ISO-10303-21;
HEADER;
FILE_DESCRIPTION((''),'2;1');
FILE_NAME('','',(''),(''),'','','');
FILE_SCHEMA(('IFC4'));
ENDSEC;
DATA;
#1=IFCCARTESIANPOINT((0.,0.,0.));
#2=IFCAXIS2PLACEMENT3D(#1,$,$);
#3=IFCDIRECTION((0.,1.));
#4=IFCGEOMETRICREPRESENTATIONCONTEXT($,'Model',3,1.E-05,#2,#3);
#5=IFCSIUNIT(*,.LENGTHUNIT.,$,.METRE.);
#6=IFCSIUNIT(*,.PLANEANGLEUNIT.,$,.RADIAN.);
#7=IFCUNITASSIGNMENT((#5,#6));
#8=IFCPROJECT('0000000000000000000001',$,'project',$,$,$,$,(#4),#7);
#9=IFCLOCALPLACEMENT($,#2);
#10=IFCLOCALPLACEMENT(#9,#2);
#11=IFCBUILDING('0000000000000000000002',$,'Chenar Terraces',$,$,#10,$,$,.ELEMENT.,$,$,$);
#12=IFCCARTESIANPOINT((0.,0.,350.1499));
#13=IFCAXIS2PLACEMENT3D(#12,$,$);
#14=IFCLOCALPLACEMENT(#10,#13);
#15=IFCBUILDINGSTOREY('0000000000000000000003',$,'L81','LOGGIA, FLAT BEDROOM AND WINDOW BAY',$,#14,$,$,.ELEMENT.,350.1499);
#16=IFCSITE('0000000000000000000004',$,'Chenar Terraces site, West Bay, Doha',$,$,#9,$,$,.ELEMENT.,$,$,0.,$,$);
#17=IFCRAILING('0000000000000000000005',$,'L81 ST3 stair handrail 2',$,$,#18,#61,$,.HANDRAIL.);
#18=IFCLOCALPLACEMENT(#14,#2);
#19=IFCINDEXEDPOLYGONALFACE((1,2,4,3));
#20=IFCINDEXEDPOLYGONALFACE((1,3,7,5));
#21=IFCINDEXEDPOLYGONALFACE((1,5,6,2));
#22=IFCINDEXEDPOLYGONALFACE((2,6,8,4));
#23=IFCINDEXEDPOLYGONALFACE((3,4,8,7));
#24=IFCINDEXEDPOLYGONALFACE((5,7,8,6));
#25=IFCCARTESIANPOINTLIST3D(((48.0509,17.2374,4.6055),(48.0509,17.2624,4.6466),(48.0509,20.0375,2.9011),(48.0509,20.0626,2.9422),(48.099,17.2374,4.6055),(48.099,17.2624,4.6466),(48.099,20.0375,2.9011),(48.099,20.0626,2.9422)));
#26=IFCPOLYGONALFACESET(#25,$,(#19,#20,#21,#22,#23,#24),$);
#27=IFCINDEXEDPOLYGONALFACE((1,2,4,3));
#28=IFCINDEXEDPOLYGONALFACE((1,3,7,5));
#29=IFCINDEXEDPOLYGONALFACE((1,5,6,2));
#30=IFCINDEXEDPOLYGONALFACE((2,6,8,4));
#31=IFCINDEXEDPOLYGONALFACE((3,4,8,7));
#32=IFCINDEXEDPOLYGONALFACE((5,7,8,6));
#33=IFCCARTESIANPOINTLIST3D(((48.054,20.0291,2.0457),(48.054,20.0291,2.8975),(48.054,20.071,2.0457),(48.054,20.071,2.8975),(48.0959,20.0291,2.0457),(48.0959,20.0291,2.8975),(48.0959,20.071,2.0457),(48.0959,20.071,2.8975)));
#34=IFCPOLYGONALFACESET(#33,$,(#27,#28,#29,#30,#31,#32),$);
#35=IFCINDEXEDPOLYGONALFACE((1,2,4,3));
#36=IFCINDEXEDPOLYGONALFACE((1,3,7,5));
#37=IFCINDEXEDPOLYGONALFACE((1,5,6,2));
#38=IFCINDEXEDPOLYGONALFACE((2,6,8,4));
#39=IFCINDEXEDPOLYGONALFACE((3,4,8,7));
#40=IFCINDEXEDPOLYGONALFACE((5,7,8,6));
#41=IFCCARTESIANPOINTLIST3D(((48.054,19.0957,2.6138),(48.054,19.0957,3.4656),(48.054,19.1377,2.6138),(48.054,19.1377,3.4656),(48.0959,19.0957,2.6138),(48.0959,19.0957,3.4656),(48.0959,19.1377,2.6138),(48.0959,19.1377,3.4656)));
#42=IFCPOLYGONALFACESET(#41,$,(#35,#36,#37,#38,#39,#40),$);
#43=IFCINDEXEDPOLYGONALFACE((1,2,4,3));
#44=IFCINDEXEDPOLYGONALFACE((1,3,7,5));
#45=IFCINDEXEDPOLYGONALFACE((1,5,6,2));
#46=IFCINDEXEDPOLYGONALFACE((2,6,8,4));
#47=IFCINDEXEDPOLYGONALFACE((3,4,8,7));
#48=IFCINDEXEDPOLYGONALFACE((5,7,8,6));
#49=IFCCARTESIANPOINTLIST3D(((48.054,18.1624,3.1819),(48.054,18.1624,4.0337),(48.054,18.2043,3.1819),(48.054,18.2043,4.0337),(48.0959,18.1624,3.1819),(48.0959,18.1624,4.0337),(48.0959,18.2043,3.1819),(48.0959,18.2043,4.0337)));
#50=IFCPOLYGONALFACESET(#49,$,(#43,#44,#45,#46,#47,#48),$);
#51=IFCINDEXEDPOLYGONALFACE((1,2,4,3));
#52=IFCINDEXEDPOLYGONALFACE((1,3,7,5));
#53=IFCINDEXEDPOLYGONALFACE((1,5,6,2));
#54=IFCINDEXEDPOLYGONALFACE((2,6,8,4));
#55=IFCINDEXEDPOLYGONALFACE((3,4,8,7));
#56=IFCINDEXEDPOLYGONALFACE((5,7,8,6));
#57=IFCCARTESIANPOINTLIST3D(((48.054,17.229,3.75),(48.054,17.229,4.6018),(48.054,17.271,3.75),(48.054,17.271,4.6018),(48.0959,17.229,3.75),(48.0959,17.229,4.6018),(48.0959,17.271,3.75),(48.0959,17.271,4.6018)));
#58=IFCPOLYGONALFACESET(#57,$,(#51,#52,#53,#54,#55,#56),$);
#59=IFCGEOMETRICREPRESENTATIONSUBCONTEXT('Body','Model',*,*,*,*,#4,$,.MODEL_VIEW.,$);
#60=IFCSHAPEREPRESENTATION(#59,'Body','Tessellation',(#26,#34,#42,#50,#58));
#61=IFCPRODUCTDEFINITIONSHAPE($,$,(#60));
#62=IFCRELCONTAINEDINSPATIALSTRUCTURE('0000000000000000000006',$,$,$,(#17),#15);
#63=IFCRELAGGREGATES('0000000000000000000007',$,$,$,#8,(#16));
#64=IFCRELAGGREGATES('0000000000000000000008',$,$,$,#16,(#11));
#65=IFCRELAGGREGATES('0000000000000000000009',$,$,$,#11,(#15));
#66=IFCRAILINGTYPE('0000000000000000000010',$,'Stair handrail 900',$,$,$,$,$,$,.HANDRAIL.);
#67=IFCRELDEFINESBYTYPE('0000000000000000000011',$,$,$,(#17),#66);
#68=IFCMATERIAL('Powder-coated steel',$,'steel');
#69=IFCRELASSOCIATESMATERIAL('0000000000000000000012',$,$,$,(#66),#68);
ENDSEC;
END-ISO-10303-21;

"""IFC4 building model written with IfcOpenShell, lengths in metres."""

from ifc_helpers import new_model, si_unit, direction, frame, origin, origin_2d, place, context, subcontext, project, spatial, rectangle, extrude, material, type_object, element, save


model = new_model("IFC4")

# Units and contexts
model_context = context("Model", 3, precision=1e-05, world=origin(), true_north=direction((0.0, 1.0)))
body_context = subcontext(model_context, "Body", "Model", "MODEL_VIEW")
ifc_project = project(units=[si_unit("LENGTHUNIT", "METRE"), si_unit("PLANEANGLEUNIT", "RADIAN")], contexts=[model_context])

# Site, building, storey
site_placement = place(None, origin())
site = spatial("IfcSite", under=ifc_project, at=site_placement, Name="Chenar Terraces site, West Bay, Doha", CompositionType="ELEMENT", RefElevation=0.0)
building_placement = place(site_placement, origin())
building = spatial("IfcBuilding", under=site, at=building_placement, Name="Chenar Terraces", CompositionType="ELEMENT")
storey_placement = place(building_placement, frame((0.0, 0.0, 350.1499)))
storey = spatial("IfcBuildingStorey", under=building, at=storey_placement, Name="L81", Description="LOGGIA, FLAT BEDROOM AND WINDOW BAY", CompositionType="ELEMENT", Elevation=350.1499)

# Railing
ifc_material_1 = material(Name="Powder-coated steel", Category="steel")
railing_type_1 = type_object("IfcRailingType", Name="Stair handrail 900", PredefinedType="HANDRAIL", material=ifc_material_1)
railing_1_placement = place(storey_placement, frame((48.075, 20.05, 2.0457)))
element("IfcRailing", 1, at=railing_1_placement, inside=storey, type_object=railing_type_1, Name="L81 ST3 stair handrail 2", PredefinedType="HANDRAIL", context=body_context, shape_type="SweptSolid", body=[
    extrude(rectangle(XDim=0.0481, YDim=0.0481, at=origin_2d()), frame((0.0, 0.0, 0.876), z_axis=(0.0, -0.854203, 0.51994), x_axis=(1.0, 0.0, 0.0)), (0.0, 0.0, 1.0), 3.2781),
    extrude(rectangle(XDim=0.042, YDim=0.042, at=origin_2d()), origin(), (0.0, 0.0, 1.0), 0.8518),
    extrude(rectangle(XDim=0.042, YDim=0.042, at=origin_2d()), frame((0.0, -0.9333, 0.5681)), (0.0, 0.0, 1.0), 0.8518),
    extrude(rectangle(XDim=0.042, YDim=0.042, at=origin_2d()), frame((0.0, -1.8667, 1.1362)), (0.0, 0.0, 1.0), 0.8518),
    extrude(rectangle(XDim=0.042, YDim=0.042, at=origin_2d()), frame((0.0, -2.8, 1.7043)), (0.0, 0.0, 1.0), 0.8518),
])

save(model, "model.ifc")
